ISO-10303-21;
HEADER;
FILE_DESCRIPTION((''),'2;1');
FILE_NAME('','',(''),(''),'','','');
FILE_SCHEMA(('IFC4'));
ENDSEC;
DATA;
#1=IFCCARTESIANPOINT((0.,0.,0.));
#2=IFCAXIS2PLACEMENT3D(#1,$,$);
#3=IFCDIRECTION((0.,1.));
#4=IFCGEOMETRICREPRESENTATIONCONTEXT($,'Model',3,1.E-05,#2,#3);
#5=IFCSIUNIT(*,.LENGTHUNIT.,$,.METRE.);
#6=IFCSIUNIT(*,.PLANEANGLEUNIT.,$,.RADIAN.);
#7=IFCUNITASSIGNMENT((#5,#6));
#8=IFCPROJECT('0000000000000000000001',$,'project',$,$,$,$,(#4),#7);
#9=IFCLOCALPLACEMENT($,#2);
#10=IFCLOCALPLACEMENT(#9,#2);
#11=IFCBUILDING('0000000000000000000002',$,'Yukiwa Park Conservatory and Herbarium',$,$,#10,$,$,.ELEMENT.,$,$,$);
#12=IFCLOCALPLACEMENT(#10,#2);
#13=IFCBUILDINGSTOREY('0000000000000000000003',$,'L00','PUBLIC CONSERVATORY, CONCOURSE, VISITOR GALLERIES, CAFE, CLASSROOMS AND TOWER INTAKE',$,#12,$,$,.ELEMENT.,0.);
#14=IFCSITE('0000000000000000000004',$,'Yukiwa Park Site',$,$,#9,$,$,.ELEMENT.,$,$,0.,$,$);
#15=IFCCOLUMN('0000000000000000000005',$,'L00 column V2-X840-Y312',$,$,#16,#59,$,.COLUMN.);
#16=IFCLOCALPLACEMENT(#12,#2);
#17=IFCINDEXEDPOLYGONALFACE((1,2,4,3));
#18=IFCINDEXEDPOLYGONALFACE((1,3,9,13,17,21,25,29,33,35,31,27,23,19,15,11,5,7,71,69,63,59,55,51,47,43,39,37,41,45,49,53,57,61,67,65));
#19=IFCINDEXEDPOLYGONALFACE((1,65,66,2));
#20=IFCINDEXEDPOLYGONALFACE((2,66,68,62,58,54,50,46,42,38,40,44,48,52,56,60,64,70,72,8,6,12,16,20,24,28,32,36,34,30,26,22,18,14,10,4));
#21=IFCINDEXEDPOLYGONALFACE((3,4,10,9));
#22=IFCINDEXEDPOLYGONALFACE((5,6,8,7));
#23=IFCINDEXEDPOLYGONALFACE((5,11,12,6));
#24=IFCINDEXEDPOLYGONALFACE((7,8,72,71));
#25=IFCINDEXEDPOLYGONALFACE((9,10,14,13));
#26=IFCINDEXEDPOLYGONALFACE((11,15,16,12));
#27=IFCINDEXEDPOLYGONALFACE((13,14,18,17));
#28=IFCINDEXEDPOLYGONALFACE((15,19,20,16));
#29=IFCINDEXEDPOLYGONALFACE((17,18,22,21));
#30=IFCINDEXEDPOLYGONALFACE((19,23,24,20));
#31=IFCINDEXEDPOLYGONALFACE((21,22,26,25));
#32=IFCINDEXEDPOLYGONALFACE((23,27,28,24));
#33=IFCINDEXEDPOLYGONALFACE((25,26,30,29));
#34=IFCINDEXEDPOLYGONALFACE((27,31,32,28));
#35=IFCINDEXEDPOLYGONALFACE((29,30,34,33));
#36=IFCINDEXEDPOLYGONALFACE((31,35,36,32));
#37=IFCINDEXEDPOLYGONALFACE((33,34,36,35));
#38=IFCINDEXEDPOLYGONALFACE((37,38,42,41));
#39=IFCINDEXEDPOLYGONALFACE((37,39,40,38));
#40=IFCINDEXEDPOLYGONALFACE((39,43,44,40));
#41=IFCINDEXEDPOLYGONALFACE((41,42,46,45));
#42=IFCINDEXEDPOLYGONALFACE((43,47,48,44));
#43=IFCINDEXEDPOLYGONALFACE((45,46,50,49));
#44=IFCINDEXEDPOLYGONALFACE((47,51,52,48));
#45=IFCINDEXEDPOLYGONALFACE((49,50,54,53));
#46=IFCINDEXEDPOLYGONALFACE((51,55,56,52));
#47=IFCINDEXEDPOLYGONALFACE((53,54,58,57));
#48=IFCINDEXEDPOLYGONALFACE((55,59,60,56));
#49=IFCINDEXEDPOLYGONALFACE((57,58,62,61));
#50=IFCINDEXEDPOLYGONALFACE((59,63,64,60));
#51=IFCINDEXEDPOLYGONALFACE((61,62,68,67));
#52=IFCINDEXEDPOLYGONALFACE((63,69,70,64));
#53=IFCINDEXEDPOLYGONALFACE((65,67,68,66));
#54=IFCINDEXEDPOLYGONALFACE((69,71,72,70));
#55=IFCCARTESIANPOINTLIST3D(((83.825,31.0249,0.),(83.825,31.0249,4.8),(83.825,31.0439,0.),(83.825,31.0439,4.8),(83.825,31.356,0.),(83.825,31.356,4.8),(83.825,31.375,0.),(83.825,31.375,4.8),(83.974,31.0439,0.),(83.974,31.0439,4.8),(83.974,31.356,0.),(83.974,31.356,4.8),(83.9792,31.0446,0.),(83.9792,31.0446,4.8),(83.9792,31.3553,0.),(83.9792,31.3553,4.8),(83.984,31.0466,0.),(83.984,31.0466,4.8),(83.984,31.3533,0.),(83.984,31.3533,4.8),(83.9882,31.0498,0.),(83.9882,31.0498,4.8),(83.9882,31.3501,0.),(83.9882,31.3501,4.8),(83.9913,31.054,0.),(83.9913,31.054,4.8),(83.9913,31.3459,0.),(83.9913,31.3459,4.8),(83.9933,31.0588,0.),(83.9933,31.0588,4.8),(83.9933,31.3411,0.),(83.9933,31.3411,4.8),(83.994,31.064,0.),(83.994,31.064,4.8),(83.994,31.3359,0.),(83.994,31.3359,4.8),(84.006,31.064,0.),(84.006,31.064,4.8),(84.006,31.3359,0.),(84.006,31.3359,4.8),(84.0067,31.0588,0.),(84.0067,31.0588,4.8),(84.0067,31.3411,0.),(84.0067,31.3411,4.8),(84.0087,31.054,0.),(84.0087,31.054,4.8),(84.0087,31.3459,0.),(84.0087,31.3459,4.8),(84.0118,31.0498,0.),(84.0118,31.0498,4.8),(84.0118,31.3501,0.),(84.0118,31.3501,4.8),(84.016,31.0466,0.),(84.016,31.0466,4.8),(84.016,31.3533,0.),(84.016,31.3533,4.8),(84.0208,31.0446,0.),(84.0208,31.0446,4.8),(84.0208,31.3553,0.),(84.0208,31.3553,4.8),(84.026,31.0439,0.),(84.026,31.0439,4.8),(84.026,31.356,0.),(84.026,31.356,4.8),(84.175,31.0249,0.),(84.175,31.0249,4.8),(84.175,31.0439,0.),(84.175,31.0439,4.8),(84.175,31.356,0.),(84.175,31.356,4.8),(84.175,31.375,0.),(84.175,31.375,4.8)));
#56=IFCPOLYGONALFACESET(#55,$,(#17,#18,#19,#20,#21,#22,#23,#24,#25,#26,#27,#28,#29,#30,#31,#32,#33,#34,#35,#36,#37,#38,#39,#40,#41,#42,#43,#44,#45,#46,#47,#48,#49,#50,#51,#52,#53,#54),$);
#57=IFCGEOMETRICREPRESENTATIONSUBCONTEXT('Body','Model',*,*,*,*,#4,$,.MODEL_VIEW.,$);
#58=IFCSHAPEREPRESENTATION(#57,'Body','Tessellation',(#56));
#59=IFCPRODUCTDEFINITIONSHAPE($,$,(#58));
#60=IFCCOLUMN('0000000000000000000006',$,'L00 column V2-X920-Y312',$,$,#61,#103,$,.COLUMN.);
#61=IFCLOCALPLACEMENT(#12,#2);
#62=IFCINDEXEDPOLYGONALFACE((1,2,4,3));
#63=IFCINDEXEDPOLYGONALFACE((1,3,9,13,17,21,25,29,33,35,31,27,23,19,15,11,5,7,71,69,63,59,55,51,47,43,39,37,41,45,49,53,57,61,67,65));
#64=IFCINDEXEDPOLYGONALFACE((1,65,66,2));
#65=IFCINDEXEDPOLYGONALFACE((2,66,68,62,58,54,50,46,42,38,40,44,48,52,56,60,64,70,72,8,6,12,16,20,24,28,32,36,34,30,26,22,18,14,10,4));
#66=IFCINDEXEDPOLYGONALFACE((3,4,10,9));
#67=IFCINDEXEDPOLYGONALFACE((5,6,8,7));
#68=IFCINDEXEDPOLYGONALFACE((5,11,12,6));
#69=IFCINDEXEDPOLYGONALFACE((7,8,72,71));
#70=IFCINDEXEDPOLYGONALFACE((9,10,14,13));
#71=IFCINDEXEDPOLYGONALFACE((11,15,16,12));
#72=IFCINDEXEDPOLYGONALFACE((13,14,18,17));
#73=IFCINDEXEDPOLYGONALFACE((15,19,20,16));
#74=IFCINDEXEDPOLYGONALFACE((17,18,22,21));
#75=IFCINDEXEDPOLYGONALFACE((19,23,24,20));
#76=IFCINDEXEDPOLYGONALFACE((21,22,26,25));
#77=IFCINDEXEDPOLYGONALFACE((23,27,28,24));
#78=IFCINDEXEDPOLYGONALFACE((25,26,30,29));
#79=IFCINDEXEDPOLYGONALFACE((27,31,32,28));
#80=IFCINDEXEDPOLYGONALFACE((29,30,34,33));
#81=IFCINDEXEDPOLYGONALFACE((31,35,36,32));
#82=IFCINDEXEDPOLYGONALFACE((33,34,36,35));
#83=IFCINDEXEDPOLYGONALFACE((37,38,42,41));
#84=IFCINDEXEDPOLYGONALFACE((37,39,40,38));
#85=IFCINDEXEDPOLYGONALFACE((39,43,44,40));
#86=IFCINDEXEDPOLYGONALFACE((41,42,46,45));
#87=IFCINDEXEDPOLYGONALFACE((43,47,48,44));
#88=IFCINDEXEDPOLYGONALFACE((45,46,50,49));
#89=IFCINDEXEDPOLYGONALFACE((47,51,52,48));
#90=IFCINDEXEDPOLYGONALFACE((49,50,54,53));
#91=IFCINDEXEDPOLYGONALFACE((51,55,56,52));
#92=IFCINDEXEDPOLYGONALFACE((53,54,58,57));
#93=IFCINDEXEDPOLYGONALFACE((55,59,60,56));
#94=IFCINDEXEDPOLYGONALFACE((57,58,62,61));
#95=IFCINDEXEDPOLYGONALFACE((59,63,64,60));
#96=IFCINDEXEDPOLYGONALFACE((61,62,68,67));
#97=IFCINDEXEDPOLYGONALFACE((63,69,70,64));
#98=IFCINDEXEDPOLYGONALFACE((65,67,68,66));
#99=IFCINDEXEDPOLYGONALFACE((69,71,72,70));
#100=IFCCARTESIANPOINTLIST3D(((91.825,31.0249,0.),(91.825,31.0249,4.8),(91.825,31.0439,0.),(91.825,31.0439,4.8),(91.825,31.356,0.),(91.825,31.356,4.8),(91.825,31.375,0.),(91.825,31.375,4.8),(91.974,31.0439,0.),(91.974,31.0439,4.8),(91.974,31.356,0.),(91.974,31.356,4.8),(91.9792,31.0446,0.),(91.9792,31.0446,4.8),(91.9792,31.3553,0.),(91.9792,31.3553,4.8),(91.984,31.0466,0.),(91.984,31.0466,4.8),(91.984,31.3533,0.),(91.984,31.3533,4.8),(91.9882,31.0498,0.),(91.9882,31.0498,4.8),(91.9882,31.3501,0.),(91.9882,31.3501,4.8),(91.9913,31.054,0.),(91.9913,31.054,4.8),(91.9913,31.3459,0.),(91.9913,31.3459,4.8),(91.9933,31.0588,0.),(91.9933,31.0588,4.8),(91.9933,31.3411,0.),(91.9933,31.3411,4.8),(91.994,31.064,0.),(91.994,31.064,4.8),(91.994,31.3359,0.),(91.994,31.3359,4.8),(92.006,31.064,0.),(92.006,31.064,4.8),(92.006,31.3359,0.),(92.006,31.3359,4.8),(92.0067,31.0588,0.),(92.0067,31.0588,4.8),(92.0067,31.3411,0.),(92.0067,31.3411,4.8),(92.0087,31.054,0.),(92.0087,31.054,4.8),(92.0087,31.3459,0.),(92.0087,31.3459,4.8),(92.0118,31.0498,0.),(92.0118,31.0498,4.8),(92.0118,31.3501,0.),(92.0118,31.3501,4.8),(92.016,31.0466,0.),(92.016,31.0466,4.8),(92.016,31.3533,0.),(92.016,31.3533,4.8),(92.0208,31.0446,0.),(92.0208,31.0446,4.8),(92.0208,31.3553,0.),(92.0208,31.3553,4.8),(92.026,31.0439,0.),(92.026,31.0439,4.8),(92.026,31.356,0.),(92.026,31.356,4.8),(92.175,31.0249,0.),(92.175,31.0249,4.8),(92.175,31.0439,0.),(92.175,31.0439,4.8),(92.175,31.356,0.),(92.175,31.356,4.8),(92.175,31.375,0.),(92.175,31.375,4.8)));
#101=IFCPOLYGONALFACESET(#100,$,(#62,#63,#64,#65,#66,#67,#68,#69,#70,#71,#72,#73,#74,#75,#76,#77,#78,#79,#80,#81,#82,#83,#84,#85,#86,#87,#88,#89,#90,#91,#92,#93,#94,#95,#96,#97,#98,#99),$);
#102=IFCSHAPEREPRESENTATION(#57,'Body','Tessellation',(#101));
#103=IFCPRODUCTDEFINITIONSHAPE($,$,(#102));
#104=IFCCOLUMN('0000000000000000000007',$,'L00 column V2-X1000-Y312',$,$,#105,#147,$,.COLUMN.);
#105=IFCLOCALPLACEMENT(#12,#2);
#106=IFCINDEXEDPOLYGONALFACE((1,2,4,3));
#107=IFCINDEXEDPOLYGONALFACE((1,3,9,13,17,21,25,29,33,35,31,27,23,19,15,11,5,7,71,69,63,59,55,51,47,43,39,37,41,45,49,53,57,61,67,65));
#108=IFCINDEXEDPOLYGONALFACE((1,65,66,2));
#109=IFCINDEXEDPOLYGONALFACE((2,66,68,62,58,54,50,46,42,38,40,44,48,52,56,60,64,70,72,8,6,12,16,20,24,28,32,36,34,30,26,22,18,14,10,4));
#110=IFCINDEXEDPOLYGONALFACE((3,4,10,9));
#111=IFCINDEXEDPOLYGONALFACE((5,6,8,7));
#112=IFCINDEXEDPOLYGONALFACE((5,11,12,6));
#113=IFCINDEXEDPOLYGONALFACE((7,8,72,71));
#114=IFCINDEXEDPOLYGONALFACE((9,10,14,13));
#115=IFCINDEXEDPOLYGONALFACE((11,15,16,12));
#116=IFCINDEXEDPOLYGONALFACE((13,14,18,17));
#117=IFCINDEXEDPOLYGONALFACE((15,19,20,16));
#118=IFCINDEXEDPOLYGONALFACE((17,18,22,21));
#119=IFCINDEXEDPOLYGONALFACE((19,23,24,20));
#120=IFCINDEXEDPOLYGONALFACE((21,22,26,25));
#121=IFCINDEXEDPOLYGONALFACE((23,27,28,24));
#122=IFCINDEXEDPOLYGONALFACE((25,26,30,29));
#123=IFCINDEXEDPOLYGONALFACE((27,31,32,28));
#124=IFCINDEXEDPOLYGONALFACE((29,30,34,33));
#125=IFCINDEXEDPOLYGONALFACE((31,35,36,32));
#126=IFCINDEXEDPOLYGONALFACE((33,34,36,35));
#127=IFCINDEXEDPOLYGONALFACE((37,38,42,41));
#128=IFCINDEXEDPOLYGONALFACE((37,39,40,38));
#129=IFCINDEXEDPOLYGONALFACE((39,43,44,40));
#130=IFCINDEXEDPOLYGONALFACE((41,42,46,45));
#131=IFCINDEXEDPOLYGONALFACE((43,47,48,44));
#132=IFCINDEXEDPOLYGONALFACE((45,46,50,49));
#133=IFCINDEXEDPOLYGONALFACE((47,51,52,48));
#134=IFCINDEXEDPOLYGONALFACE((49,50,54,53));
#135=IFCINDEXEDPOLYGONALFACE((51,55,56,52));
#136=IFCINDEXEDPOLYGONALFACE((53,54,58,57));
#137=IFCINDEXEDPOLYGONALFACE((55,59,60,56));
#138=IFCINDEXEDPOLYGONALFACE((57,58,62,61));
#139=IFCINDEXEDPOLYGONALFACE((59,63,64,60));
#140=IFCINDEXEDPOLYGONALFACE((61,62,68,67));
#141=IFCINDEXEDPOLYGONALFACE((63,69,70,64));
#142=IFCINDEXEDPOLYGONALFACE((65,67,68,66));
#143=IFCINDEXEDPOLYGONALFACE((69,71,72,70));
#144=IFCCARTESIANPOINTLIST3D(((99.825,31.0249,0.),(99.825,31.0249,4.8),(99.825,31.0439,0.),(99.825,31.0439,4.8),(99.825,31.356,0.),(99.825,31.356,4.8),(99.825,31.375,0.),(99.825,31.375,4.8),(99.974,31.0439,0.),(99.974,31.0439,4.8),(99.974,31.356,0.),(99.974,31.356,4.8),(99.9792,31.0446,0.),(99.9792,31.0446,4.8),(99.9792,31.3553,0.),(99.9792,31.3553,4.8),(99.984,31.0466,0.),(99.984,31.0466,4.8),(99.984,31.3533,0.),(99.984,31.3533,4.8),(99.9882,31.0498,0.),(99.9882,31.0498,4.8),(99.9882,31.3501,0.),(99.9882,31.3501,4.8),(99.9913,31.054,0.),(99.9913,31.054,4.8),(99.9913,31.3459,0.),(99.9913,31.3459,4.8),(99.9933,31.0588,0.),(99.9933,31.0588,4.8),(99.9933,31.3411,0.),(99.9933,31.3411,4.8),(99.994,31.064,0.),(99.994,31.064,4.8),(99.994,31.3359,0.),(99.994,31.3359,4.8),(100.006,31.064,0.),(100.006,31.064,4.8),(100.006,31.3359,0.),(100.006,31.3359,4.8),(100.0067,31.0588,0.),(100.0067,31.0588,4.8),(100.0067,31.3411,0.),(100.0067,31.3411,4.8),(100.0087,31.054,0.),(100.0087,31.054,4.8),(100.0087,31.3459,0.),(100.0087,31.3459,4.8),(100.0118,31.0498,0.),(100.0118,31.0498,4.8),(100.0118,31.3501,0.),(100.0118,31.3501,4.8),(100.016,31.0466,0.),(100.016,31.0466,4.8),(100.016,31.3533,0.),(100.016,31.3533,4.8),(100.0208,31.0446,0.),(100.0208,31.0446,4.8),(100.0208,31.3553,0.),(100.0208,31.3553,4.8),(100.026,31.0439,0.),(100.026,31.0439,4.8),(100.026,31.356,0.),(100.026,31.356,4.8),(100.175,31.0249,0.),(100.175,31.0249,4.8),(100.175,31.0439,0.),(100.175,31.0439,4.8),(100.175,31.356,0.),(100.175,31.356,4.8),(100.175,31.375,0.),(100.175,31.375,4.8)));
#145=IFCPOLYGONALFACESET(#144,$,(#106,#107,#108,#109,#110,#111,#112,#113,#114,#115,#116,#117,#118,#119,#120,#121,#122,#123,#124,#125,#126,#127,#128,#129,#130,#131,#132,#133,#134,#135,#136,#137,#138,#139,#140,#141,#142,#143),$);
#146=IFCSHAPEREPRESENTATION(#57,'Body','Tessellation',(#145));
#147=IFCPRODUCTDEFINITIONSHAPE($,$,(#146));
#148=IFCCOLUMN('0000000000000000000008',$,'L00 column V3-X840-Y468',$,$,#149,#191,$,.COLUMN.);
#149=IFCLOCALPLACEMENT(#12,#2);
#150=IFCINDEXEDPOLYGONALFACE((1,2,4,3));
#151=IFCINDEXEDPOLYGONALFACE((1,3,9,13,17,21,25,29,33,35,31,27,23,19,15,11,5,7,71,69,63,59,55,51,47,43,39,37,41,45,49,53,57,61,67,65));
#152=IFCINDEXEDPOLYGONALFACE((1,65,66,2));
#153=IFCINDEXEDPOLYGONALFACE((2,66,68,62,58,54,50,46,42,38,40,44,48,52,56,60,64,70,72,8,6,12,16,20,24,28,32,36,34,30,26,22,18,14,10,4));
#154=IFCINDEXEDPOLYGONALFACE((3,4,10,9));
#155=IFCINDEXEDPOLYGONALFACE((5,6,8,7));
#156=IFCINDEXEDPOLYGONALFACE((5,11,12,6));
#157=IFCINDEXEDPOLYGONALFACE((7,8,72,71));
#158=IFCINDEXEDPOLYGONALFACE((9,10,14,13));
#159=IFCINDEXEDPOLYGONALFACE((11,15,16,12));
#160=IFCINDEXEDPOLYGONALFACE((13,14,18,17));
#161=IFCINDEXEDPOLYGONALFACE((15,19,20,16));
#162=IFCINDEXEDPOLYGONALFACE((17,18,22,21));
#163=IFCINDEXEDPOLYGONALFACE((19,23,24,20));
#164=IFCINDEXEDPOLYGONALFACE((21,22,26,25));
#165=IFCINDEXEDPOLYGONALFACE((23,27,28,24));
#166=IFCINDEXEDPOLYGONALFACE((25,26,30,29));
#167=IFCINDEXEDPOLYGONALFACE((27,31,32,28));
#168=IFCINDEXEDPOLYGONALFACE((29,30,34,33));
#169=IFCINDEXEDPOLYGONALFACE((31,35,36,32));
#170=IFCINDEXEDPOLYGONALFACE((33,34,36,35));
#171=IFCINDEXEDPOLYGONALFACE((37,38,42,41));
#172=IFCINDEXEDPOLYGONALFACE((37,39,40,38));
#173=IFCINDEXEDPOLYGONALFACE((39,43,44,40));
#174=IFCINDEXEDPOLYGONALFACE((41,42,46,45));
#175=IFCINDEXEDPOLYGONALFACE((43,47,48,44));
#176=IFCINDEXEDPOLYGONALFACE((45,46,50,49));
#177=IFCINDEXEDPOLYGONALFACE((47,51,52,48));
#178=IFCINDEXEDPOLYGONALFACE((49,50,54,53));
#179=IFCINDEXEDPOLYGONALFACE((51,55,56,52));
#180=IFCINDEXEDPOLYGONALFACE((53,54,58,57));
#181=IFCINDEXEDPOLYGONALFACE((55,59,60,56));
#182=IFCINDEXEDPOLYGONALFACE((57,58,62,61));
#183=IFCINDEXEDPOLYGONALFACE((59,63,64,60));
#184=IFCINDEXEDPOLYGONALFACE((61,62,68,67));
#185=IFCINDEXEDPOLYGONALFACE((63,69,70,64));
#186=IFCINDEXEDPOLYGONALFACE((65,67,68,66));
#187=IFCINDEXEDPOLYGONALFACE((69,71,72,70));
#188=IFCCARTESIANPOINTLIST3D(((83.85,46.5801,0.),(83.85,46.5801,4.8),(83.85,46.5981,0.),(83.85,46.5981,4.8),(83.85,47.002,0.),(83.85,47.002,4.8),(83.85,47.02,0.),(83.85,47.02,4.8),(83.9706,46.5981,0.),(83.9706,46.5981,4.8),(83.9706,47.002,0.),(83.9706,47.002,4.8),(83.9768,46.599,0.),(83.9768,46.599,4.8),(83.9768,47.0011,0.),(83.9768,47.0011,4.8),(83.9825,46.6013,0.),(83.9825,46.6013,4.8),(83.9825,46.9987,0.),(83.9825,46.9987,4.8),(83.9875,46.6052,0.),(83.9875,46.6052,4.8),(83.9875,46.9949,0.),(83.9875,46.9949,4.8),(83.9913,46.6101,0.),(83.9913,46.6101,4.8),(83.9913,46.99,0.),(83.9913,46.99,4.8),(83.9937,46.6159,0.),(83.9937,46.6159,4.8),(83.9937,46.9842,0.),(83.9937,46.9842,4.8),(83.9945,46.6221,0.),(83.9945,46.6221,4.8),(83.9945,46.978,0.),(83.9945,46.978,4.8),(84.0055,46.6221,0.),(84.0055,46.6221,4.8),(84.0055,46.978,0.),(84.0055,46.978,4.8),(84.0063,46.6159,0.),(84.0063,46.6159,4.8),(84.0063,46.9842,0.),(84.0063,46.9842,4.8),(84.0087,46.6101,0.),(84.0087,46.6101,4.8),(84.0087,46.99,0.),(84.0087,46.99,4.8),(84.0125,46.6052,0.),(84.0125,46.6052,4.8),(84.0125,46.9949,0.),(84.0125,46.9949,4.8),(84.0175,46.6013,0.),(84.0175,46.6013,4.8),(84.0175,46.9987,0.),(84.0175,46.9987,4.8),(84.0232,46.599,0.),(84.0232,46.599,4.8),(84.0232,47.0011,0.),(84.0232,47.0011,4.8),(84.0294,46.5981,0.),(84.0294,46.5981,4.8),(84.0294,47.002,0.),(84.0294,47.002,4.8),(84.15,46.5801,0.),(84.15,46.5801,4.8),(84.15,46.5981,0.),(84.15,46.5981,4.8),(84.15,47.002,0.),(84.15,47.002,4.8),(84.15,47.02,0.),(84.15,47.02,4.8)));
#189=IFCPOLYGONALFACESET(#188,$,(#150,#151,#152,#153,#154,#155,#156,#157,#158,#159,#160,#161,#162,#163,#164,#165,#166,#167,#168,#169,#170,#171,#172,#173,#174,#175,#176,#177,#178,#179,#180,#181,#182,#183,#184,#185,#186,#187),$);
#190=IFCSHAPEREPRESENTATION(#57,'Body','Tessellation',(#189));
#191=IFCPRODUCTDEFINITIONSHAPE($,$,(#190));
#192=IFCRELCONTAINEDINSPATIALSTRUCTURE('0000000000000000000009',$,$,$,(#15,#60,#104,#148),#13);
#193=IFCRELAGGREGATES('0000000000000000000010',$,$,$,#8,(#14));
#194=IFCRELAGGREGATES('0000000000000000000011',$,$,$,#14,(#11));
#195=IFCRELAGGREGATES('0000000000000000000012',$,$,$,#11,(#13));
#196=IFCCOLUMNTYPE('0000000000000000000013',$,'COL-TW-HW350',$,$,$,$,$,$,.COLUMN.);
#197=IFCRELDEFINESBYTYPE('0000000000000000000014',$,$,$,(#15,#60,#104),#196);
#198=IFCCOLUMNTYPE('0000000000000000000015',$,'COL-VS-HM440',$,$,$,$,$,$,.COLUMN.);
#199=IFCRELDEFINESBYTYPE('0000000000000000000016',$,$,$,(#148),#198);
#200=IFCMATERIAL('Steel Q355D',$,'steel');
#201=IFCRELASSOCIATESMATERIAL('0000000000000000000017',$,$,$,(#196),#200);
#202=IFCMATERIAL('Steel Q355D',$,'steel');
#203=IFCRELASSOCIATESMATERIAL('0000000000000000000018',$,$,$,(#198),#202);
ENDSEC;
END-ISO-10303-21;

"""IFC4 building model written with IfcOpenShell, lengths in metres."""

from ifc_helpers import new_model, si_unit, direction, frame, origin, origin_2d, place, context, subcontext, project, spatial, i_section, extrude, material, material_profile, profile_set, type_object, element, save


model = new_model("IFC4")

# Units and contexts
model_context = context("Model", 3, precision=1e-05, world=origin(), true_north=direction((0.0, 1.0)))
body_context = subcontext(model_context, "Body", "Model", "MODEL_VIEW")
ifc_project = project(units=[si_unit("LENGTHUNIT", "METRE"), si_unit("PLANEANGLEUNIT", "RADIAN")], contexts=[model_context])

# Site, building, storey
site_placement = place(None, origin())
site = spatial("IfcSite", under=ifc_project, at=site_placement, Name="Yukiwa Park Site", CompositionType="ELEMENT", RefElevation=0.0)
building_placement = place(site_placement, origin())
building = spatial("IfcBuilding", under=site, at=building_placement, Name="Yukiwa Park Conservatory and Herbarium", CompositionType="ELEMENT")
storey_placement = place(building_placement, origin())
storey = spatial("IfcBuildingStorey", under=building, at=storey_placement, Name="L00", Description="PUBLIC CONSERVATORY, CONCOURSE, VISITOR GALLERIES, CAFE, CLASSROOMS AND TOWER INTAKE", CompositionType="ELEMENT", Elevation=0.0)

# Columns
ifc_material_1 = material(Name="Steel Q355D", Category="steel")
ifc_material_profile_1 = material_profile(ifc_material_1, i_section(OverallWidth=0.3501, OverallDepth=0.3501, WebThickness=0.012, FlangeThickness=0.019, FilletRadius=0.02, at=origin_2d()), Name="HW 350x350x12x19")
ifc_profile_set_1 = profile_set([ifc_material_profile_1], Name="Steel Q355D")
column_type_1 = type_object("IfcColumnType", Name="COL-TW-HW350", PredefinedType="COLUMN", material=ifc_profile_set_1)
for number, where, z_axis, x_axis, name in (
    (1, (84.0, 31.2, 0.0), (0.0, 0.0, 1.0), (1.0, 0.0, 0.0), "L00 column V2-X840-Y312"),
    (2, (92.0, 31.2, 0.0), (0.0, 0.0, 1.0), (1.0, 0.0, 0.0), "L00 column V2-X920-Y312"),
    (3, (100.0, 31.2, 0.0), (0.0, 0.0, 1.0), (1.0, 0.0, 0.0), "L00 column V2-X1000-Y312"),
):
    element("IfcColumn", number, at=place(storey_placement, frame(where, z_axis=z_axis, x_axis=x_axis)), inside=storey, type_object=column_type_1, Name=name, PredefinedType="COLUMN", context=body_context, shape_type="SweptSolid", body=[
        extrude(i_section(OverallWidth=0.3501, OverallDepth=0.3501, WebThickness=0.012, FlangeThickness=0.019, FilletRadius=0.02, at=origin_2d()), origin(), (0.0, 0.0, 1.0), 4.8),
    ])
ifc_material_2 = material(Name="Steel Q355D", Category="steel")
ifc_material_profile_2 = material_profile(ifc_material_2, i_section(OverallWidth=0.3, OverallDepth=0.4399, WebThickness=0.011, FlangeThickness=0.0181, FilletRadius=0.0239, at=origin_2d()), Name="HM 440x300x11x18")
ifc_profile_set_2 = profile_set([ifc_material_profile_2], Name="Steel Q355D")
column_type_2 = type_object("IfcColumnType", Name="COL-VS-HM440", PredefinedType="COLUMN", material=ifc_profile_set_2)
column_placement = place(storey_placement, frame((84.0, 46.8, 0.0), z_axis=(0.0, 0.0, 1.0), x_axis=(1.0, 0.0, 0.0)))
element("IfcColumn", 4, at=column_placement, inside=storey, type_object=column_type_2, Name="L00 column V3-X840-Y468", PredefinedType="COLUMN", context=body_context, shape_type="SweptSolid", body=[
    extrude(i_section(OverallWidth=0.3, OverallDepth=0.4399, WebThickness=0.011, FlangeThickness=0.0181, FilletRadius=0.0239, at=origin_2d()), origin(), (0.0, 0.0, 1.0), 4.8),
])

save(model, "model.ifc")
